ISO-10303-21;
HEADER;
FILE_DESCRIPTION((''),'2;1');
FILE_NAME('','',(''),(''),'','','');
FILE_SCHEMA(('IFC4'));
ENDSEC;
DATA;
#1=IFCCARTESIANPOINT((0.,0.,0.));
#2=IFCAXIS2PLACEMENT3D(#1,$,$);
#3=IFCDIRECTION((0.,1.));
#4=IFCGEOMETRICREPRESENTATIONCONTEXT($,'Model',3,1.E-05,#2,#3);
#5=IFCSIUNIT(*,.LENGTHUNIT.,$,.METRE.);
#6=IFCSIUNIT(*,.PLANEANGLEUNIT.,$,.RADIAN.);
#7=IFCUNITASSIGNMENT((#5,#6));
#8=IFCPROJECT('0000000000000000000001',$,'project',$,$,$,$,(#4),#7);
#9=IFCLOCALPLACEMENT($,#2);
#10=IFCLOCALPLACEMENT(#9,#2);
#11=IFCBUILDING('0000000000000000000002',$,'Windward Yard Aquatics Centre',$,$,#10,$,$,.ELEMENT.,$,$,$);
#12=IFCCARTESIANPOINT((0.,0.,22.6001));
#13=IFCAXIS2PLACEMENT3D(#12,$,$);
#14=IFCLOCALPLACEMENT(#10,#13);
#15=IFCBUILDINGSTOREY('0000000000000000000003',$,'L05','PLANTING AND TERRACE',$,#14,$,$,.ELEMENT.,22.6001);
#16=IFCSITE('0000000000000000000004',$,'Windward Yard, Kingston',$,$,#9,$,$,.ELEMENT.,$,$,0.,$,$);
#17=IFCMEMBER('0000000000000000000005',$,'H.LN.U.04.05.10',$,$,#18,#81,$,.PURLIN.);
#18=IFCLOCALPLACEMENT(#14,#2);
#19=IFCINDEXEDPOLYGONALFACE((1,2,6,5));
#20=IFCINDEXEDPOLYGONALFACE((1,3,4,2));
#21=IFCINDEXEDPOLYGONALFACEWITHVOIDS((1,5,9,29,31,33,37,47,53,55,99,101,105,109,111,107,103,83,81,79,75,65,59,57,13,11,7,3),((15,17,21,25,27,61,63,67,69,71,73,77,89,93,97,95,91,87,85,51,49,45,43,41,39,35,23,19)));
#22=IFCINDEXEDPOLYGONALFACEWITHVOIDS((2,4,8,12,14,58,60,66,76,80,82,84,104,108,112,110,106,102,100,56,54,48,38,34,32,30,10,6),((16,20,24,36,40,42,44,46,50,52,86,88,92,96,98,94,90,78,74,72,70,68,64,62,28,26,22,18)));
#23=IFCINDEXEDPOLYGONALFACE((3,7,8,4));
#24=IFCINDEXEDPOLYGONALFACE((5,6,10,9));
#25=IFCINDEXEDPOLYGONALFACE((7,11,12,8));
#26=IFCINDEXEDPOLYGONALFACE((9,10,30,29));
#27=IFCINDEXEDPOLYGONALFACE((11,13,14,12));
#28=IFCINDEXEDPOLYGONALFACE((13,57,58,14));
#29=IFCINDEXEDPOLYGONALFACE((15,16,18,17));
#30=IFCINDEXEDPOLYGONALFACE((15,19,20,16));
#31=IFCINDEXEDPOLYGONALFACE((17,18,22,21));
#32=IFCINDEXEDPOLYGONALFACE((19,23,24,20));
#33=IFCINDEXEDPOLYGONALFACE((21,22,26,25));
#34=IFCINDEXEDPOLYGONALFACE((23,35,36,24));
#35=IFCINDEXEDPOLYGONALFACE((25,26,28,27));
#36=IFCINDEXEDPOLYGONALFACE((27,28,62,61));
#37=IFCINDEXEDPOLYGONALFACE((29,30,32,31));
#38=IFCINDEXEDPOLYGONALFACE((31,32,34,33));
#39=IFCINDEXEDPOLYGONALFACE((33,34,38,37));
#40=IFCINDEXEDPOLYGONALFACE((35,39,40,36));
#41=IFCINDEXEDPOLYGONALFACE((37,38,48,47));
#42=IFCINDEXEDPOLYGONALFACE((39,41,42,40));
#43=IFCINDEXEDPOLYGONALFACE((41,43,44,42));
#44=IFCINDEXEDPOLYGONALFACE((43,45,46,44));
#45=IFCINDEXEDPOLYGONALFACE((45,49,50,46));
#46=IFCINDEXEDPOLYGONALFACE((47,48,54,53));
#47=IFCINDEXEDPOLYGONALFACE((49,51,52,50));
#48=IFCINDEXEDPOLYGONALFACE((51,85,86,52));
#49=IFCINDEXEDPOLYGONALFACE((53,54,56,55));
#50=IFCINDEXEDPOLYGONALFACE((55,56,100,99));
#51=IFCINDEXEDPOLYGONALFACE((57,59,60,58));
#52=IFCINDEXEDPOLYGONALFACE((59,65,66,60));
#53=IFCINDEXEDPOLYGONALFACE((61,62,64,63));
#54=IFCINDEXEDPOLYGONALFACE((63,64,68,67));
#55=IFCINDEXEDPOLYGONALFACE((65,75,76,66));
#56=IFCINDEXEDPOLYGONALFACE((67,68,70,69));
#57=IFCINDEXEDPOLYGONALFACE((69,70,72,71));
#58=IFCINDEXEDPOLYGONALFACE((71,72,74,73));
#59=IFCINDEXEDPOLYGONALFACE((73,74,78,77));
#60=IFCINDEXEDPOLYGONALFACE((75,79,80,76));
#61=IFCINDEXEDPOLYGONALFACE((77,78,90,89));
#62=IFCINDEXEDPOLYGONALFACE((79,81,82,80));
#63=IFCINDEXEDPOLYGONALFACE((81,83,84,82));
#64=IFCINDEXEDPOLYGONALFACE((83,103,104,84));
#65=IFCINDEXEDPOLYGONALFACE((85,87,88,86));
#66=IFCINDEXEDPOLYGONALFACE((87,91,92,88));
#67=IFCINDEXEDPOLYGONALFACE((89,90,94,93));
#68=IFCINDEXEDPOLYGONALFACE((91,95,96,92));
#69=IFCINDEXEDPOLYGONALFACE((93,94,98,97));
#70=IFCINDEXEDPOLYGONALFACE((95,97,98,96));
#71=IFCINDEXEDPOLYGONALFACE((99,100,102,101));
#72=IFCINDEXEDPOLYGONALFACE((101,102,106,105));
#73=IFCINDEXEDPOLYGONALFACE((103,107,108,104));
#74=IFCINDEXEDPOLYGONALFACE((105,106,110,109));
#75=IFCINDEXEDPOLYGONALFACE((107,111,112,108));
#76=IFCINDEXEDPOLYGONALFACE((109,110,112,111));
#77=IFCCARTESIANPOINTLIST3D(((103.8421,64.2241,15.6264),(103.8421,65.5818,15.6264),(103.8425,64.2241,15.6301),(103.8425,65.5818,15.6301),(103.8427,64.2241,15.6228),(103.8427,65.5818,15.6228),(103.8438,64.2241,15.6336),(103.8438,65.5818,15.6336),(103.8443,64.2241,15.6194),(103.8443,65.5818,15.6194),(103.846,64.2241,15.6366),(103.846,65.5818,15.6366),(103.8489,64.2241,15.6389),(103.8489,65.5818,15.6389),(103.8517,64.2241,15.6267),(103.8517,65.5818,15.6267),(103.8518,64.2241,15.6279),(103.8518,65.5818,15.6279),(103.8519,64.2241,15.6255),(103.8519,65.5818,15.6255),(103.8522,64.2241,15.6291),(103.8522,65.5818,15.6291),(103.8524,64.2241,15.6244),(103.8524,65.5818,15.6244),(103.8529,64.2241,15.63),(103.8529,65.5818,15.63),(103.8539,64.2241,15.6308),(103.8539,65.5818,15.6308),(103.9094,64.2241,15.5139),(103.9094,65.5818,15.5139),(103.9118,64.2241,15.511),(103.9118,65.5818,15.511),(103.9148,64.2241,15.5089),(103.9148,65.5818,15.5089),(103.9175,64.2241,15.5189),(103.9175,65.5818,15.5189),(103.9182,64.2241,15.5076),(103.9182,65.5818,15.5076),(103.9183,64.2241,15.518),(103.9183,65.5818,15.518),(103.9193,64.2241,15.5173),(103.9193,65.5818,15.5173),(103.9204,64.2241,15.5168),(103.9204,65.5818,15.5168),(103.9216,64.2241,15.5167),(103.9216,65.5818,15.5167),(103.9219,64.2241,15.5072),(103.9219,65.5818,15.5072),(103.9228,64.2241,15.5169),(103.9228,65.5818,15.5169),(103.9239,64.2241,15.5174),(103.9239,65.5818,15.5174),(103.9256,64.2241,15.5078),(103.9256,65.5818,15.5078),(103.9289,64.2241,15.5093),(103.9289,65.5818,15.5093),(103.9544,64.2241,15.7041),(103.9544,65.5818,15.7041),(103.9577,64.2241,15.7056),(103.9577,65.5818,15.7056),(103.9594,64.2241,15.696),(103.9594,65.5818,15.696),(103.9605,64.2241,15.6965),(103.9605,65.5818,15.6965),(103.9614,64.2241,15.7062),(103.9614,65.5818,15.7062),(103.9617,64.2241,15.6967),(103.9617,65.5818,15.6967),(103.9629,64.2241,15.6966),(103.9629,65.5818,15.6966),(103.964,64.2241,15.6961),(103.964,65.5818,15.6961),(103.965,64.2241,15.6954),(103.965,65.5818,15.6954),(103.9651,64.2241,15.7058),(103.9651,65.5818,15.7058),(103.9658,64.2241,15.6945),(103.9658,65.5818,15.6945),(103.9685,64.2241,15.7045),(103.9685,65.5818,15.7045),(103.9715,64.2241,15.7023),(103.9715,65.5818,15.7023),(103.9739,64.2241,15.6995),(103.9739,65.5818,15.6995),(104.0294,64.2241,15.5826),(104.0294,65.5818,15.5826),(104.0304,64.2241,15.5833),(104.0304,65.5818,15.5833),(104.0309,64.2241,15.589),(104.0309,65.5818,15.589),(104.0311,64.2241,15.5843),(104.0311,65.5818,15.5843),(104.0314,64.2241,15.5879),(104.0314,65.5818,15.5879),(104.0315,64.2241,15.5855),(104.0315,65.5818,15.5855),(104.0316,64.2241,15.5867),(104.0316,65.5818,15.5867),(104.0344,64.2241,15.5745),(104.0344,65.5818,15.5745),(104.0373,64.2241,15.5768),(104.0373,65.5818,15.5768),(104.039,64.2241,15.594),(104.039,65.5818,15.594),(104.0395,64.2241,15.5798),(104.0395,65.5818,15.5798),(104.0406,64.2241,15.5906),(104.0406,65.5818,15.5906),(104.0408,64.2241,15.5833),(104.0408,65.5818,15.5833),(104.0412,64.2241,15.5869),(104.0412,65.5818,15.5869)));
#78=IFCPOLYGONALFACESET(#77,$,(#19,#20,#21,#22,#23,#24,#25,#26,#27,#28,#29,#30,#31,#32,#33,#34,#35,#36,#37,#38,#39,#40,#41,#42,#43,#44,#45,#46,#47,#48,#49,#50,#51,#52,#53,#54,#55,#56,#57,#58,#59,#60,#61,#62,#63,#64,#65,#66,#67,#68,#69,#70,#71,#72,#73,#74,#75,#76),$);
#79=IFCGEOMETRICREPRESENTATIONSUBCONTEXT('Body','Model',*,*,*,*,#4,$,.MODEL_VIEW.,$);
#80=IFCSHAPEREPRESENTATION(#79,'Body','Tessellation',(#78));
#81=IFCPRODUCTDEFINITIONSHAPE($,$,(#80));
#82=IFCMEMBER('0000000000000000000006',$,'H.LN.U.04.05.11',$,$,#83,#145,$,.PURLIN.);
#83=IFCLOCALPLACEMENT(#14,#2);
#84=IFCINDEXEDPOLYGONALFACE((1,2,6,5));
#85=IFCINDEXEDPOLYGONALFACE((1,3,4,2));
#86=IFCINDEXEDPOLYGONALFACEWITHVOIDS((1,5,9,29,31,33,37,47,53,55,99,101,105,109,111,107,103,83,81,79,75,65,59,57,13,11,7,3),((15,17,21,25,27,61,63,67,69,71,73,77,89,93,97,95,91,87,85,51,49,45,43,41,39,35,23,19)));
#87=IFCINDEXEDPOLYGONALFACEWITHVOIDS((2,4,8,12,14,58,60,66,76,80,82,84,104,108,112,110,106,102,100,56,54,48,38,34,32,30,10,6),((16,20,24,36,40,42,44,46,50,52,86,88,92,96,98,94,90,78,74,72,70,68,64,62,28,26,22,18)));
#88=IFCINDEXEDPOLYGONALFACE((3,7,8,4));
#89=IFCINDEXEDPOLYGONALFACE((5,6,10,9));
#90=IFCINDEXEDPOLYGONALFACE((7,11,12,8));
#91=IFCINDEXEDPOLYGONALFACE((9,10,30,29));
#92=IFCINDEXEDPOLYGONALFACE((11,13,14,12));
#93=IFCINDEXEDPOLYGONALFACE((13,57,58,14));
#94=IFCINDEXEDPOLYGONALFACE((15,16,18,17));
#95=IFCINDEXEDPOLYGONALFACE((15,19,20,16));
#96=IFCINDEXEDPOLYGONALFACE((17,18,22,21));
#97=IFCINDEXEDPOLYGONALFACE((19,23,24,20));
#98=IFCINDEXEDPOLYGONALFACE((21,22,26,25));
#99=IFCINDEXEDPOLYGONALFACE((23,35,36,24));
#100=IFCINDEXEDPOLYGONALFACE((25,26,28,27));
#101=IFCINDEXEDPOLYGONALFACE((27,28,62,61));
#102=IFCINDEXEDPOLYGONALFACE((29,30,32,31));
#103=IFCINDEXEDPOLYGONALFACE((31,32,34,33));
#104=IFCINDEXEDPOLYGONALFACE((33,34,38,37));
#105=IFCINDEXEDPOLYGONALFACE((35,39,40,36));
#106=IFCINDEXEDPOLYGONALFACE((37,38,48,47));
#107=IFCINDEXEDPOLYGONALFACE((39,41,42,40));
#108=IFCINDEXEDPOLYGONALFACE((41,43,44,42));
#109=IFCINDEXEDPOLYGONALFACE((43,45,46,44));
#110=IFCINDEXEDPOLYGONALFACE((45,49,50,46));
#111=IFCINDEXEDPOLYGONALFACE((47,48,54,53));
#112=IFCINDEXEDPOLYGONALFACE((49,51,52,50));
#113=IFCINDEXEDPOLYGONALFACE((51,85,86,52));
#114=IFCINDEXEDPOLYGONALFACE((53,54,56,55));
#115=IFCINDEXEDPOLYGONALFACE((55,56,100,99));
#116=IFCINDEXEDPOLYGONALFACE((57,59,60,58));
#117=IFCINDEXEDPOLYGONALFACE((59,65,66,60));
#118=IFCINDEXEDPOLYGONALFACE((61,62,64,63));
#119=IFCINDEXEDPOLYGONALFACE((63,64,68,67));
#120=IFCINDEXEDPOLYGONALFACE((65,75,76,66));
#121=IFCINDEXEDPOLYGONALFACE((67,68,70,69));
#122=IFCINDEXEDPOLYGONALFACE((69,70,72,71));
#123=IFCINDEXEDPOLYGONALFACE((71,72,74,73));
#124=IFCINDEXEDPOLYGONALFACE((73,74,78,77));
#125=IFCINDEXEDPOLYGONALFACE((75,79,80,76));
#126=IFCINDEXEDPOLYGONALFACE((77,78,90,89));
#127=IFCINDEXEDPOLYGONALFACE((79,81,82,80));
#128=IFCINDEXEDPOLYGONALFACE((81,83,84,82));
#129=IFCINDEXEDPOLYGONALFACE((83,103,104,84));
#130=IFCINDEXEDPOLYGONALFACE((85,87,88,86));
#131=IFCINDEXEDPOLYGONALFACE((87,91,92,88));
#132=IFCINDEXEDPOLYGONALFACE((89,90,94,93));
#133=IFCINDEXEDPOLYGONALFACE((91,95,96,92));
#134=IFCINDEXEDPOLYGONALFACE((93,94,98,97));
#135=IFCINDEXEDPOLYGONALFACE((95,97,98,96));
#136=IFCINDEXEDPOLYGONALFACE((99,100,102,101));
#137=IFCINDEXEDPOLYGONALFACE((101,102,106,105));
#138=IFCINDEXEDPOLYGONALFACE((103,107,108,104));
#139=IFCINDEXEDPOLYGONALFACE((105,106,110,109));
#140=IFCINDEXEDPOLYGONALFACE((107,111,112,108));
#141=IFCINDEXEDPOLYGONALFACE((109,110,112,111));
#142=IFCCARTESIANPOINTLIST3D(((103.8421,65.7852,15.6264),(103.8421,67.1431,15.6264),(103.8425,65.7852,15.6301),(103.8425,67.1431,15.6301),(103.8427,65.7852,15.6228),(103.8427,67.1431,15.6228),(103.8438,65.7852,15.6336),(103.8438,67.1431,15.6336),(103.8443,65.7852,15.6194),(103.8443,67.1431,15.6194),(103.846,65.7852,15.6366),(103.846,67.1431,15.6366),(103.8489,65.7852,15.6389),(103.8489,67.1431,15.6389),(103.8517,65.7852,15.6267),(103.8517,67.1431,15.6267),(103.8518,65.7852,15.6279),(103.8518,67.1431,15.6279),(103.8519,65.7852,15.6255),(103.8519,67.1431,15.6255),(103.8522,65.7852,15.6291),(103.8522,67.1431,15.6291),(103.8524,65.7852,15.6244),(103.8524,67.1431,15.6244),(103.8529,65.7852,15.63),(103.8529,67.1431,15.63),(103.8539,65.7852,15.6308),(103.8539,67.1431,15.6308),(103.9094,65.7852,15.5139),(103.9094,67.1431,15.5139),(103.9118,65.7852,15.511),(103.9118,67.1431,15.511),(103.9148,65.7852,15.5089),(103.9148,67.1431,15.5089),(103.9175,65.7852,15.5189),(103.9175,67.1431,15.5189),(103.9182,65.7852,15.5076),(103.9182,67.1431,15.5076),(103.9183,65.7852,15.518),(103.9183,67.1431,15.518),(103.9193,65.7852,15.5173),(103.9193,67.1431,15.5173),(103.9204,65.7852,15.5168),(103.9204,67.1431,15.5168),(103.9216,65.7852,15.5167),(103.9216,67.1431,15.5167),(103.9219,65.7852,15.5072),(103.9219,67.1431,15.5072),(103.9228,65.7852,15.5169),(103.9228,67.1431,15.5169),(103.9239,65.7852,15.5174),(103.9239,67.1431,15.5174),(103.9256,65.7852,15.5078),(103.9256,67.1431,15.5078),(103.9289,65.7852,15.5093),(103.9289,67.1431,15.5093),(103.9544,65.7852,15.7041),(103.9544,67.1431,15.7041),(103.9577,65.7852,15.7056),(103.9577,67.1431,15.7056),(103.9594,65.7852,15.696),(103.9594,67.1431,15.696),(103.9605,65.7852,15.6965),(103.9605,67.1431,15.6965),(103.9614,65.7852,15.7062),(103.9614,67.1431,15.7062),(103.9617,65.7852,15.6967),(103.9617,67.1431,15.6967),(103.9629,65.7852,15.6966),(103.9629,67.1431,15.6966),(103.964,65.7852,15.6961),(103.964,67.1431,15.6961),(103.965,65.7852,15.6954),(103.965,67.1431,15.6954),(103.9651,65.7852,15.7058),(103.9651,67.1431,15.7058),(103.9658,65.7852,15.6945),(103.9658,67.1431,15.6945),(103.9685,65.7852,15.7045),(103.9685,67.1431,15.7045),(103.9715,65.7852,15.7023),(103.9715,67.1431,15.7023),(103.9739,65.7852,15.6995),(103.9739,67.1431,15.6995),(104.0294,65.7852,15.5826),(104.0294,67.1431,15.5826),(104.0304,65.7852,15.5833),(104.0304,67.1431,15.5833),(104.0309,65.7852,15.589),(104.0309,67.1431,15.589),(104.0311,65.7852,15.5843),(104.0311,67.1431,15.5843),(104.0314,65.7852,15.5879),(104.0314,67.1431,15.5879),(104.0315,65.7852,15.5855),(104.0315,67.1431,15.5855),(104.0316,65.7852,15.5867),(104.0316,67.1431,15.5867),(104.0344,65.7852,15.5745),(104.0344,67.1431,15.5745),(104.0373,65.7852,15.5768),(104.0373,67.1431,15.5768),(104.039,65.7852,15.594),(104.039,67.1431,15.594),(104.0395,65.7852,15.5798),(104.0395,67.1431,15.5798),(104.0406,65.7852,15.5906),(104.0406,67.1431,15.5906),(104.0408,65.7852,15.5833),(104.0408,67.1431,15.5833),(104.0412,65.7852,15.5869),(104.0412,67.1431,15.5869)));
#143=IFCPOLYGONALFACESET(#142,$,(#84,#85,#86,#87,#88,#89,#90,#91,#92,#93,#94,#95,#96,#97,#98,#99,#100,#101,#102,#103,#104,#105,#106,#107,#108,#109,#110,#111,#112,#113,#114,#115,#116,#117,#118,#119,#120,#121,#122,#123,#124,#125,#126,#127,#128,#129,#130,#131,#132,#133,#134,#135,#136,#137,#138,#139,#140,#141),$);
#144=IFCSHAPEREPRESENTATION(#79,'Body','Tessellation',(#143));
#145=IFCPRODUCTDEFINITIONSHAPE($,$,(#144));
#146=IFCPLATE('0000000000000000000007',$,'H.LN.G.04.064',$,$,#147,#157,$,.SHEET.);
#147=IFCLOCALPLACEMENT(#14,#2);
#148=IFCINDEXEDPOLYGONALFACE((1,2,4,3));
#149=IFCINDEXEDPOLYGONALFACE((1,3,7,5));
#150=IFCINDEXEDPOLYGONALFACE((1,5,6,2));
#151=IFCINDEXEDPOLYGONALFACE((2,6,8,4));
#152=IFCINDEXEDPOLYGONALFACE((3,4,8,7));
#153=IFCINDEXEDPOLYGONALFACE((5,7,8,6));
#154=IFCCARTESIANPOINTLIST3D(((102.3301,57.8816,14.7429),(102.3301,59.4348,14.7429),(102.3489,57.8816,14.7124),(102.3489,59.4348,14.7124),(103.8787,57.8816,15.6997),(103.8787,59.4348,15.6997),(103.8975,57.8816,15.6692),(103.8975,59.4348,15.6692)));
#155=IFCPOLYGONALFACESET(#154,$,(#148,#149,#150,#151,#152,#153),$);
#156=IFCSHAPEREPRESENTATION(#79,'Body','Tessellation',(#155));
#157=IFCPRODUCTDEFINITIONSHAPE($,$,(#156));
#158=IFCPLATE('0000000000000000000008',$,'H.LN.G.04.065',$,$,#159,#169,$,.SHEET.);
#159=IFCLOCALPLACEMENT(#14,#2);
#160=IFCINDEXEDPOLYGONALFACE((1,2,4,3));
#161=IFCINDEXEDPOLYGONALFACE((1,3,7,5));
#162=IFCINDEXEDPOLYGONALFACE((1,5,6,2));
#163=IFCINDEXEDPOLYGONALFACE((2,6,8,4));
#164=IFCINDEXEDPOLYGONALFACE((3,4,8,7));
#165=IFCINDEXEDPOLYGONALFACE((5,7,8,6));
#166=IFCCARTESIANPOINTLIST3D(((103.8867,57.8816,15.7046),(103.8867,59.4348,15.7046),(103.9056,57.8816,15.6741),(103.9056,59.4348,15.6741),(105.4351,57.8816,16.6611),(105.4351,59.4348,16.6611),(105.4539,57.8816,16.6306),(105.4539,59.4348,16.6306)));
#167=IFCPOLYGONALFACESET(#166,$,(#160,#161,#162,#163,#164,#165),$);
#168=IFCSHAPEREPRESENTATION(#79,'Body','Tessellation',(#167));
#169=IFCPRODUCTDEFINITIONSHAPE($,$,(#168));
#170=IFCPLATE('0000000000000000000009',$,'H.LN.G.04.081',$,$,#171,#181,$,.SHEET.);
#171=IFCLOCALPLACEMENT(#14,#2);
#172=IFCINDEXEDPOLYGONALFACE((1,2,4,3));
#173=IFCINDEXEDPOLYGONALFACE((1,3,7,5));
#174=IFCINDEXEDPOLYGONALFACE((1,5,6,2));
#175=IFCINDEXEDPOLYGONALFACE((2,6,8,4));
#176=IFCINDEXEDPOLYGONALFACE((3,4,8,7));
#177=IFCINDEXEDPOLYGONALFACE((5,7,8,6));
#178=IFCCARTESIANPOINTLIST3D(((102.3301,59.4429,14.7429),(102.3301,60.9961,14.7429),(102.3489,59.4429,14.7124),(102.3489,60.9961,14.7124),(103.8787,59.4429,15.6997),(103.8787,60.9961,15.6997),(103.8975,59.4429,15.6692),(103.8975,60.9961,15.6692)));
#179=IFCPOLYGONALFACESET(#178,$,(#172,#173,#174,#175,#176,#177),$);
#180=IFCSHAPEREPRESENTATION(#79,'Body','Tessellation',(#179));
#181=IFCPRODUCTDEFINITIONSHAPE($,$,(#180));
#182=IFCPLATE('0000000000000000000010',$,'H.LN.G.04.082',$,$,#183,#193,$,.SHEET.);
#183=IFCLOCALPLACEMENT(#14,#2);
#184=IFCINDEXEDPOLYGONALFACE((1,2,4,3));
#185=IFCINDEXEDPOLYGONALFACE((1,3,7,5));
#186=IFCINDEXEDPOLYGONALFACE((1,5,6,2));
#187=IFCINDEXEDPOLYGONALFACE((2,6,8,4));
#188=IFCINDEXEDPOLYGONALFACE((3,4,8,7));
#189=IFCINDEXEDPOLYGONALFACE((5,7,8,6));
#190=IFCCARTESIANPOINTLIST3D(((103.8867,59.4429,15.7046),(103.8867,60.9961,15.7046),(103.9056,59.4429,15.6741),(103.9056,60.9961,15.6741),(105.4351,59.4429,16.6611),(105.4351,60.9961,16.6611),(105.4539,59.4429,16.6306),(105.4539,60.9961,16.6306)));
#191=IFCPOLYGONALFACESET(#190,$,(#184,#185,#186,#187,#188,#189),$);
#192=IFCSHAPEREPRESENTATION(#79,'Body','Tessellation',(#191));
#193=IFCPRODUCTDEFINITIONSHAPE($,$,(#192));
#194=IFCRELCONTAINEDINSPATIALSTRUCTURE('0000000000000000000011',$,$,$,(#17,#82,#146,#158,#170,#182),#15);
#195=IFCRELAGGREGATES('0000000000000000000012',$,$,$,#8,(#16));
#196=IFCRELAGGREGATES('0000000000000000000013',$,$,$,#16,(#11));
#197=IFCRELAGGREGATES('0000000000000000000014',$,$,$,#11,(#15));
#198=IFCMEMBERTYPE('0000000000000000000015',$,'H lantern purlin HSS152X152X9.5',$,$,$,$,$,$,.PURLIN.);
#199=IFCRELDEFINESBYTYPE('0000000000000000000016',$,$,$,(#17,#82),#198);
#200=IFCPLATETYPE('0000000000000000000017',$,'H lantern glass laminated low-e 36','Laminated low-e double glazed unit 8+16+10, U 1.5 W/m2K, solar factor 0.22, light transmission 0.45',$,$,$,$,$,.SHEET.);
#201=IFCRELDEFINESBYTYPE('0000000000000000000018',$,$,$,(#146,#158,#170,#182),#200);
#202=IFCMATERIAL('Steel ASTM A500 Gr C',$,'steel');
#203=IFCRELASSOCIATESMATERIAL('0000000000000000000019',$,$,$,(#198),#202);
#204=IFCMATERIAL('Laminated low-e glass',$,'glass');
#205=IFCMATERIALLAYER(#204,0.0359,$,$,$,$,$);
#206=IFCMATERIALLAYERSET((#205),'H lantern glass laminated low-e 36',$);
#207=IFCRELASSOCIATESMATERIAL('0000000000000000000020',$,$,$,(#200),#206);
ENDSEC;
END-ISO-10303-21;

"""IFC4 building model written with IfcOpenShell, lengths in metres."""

from ifc_helpers import new_model, si_unit, direction, frame, origin, origin_2d, place, context, subcontext, project, spatial, polyline, hollow_rectangle, outline, extrude, material, layer, layer_set, material_profile, profile_set, type_object, element, save


model = new_model("IFC4")

# Units and contexts
model_context = context("Model", 3, precision=1e-05, world=origin(), true_north=direction((0.0, 1.0)))
body_context = subcontext(model_context, "Body", "Model", "MODEL_VIEW")
ifc_project = project(units=[si_unit("LENGTHUNIT", "METRE"), si_unit("PLANEANGLEUNIT", "RADIAN")], contexts=[model_context])

# Site, building, storey
site_placement = place(None, origin())
site = spatial("IfcSite", under=ifc_project, at=site_placement, Name="Windward Yard, Kingston", CompositionType="ELEMENT", RefElevation=0.0)
building_placement = place(site_placement, origin())
building = spatial("IfcBuilding", under=site, at=building_placement, Name="Windward Yard Aquatics Centre", CompositionType="ELEMENT")
storey_placement = place(building_placement, frame((0.0, 0.0, 22.6001)))
storey = spatial("IfcBuildingStorey", under=building, at=storey_placement, Name="L05", Description="PLANTING AND TERRACE", CompositionType="ELEMENT", Elevation=22.6001)

# Members
ifc_material_1 = material(Name="Steel ASTM A500 Gr C", Category="steel")
ifc_material_profile = material_profile(ifc_material_1, hollow_rectangle(XDim=0.1523, YDim=0.1523, WallThickness=0.0095, InnerFilletRadius=0.0046, OuterFilletRadius=0.0142, at=origin_2d()), Name="HSS152X152X9.5")
ifc_profile_set = profile_set([ifc_material_profile], Name="Steel ASTM A500 Gr C")
member_type = type_object("IfcMemberType", Name="H lantern purlin HSS152X152X9.5", PredefinedType="PURLIN", material=ifc_profile_set)
member_1_placement = place(storey_placement, frame((103.9417, 64.2241, 15.6067), z_axis=(0.0, 1.0, 0.0), x_axis=(-0.850755, 0.0, -0.525562)))
element("IfcMember", 1, at=member_1_placement, inside=storey, type_object=member_type, Name="H.LN.U.04.05.10", PredefinedType="PURLIN", context=body_context, shape_type="SweptSolid", body=[
    extrude(hollow_rectangle(XDim=0.1523, YDim=0.1523, WallThickness=0.0095, InnerFilletRadius=0.0046, OuterFilletRadius=0.0142, at=origin_2d()), origin(), (0.0, 0.0, 1.0), 1.3577),
])
member_2_placement = place(storey_placement, frame((103.9417, 65.7852, 15.6067), z_axis=(0.0, 1.0, 0.0), x_axis=(-0.850755, 0.0, -0.525562)))
element("IfcMember", 2, at=member_2_placement, inside=storey, type_object=member_type, Name="H.LN.U.04.05.11", PredefinedType="PURLIN", context=body_context, shape_type="SweptSolid", body=[
    extrude(hollow_rectangle(XDim=0.1523, YDim=0.1523, WallThickness=0.0095, InnerFilletRadius=0.0046, OuterFilletRadius=0.0142, at=origin_2d()), origin(), (0.0, 0.0, 1.0), 1.3579),
])

# Plates
ifc_material_2 = material(Name="Laminated low-e glass", Category="glass")
ifc_layer_1 = layer(ifc_material_2, 0.0359)
ifc_layer_set_1 = layer_set([ifc_layer_1], Name="H lantern glass laminated low-e 36")
plate_type = type_object("IfcPlateType", Name="H lantern glass laminated low-e 36", Description="Laminated low-e double glazed unit 8+16+10, U 1.5 W/m2K, solar factor 0.22, light transmission 0.45", PredefinedType="SHEET", material=ifc_layer_set_1)
plate_1_placement = place(storey_placement, frame((102.3301, 57.8816, 14.7429), z_axis=(-0.525616, 0.0, 0.850722), x_axis=(0.0, 1.0, 0.0)))
element("IfcPlate", 3, at=plate_1_placement, inside=storey, type_object=plate_type, Name="H.LN.G.04.064", PredefinedType="SHEET", context=body_context, shape_type="SweptSolid", body=[
    extrude(outline(polyline([(0.0, 0.0), (1.5532, 0.0), (1.5532, -1.8203), (0.0, -1.8203), (0.0, 0.0)])), origin(), (0.0, 0.0, -1.0), 0.0359),
])
plate_2_placement = place(storey_placement, frame((103.8867, 57.8816, 15.7046), z_axis=(-0.525579, 0.0, 0.850745), x_axis=(0.0, 1.0, 0.0)))
element("IfcPlate", 4, at=plate_2_placement, inside=storey, type_object=plate_type, Name="H.LN.G.04.065", PredefinedType="SHEET", context=body_context, shape_type="SweptSolid", body=[
    extrude(outline(polyline([(0.0, 0.0), (1.5532, 0.0), (1.5532, -1.82), (0.0, -1.82), (0.0, 0.0)])), origin(), (0.0, 0.0, -1.0), 0.0359),
])
plate_3_placement = place(storey_placement, frame((102.3301, 59.4429, 14.7429), z_axis=(-0.525616, 0.0, 0.850722), x_axis=(0.0, 1.0, 0.0)))
element("IfcPlate", 5, at=plate_3_placement, inside=storey, type_object=plate_type, Name="H.LN.G.04.081", PredefinedType="SHEET", context=body_context, shape_type="SweptSolid", body=[
    extrude(outline(polyline([(0.0, 0.0), (1.5532, 0.0), (1.5532, -1.8203), (0.0, -1.8203), (0.0, 0.0)])), origin(), (0.0, 0.0, -1.0), 0.0359),
])
plate_4_placement = place(storey_placement, frame((103.8867, 59.4429, 15.7046), z_axis=(-0.525579, 0.0, 0.850745), x_axis=(0.0, 1.0, 0.0)))
element("IfcPlate", 6, at=plate_4_placement, inside=storey, type_object=plate_type, Name="H.LN.G.04.082", PredefinedType="SHEET", context=body_context, shape_type="SweptSolid", body=[
    extrude(outline(polyline([(0.0, 0.0), (1.5532, 0.0), (1.5532, -1.82), (0.0, -1.82), (0.0, 0.0)])), origin(), (0.0, 0.0, -1.0), 0.0359),
])

save(model, "model.ifc")
